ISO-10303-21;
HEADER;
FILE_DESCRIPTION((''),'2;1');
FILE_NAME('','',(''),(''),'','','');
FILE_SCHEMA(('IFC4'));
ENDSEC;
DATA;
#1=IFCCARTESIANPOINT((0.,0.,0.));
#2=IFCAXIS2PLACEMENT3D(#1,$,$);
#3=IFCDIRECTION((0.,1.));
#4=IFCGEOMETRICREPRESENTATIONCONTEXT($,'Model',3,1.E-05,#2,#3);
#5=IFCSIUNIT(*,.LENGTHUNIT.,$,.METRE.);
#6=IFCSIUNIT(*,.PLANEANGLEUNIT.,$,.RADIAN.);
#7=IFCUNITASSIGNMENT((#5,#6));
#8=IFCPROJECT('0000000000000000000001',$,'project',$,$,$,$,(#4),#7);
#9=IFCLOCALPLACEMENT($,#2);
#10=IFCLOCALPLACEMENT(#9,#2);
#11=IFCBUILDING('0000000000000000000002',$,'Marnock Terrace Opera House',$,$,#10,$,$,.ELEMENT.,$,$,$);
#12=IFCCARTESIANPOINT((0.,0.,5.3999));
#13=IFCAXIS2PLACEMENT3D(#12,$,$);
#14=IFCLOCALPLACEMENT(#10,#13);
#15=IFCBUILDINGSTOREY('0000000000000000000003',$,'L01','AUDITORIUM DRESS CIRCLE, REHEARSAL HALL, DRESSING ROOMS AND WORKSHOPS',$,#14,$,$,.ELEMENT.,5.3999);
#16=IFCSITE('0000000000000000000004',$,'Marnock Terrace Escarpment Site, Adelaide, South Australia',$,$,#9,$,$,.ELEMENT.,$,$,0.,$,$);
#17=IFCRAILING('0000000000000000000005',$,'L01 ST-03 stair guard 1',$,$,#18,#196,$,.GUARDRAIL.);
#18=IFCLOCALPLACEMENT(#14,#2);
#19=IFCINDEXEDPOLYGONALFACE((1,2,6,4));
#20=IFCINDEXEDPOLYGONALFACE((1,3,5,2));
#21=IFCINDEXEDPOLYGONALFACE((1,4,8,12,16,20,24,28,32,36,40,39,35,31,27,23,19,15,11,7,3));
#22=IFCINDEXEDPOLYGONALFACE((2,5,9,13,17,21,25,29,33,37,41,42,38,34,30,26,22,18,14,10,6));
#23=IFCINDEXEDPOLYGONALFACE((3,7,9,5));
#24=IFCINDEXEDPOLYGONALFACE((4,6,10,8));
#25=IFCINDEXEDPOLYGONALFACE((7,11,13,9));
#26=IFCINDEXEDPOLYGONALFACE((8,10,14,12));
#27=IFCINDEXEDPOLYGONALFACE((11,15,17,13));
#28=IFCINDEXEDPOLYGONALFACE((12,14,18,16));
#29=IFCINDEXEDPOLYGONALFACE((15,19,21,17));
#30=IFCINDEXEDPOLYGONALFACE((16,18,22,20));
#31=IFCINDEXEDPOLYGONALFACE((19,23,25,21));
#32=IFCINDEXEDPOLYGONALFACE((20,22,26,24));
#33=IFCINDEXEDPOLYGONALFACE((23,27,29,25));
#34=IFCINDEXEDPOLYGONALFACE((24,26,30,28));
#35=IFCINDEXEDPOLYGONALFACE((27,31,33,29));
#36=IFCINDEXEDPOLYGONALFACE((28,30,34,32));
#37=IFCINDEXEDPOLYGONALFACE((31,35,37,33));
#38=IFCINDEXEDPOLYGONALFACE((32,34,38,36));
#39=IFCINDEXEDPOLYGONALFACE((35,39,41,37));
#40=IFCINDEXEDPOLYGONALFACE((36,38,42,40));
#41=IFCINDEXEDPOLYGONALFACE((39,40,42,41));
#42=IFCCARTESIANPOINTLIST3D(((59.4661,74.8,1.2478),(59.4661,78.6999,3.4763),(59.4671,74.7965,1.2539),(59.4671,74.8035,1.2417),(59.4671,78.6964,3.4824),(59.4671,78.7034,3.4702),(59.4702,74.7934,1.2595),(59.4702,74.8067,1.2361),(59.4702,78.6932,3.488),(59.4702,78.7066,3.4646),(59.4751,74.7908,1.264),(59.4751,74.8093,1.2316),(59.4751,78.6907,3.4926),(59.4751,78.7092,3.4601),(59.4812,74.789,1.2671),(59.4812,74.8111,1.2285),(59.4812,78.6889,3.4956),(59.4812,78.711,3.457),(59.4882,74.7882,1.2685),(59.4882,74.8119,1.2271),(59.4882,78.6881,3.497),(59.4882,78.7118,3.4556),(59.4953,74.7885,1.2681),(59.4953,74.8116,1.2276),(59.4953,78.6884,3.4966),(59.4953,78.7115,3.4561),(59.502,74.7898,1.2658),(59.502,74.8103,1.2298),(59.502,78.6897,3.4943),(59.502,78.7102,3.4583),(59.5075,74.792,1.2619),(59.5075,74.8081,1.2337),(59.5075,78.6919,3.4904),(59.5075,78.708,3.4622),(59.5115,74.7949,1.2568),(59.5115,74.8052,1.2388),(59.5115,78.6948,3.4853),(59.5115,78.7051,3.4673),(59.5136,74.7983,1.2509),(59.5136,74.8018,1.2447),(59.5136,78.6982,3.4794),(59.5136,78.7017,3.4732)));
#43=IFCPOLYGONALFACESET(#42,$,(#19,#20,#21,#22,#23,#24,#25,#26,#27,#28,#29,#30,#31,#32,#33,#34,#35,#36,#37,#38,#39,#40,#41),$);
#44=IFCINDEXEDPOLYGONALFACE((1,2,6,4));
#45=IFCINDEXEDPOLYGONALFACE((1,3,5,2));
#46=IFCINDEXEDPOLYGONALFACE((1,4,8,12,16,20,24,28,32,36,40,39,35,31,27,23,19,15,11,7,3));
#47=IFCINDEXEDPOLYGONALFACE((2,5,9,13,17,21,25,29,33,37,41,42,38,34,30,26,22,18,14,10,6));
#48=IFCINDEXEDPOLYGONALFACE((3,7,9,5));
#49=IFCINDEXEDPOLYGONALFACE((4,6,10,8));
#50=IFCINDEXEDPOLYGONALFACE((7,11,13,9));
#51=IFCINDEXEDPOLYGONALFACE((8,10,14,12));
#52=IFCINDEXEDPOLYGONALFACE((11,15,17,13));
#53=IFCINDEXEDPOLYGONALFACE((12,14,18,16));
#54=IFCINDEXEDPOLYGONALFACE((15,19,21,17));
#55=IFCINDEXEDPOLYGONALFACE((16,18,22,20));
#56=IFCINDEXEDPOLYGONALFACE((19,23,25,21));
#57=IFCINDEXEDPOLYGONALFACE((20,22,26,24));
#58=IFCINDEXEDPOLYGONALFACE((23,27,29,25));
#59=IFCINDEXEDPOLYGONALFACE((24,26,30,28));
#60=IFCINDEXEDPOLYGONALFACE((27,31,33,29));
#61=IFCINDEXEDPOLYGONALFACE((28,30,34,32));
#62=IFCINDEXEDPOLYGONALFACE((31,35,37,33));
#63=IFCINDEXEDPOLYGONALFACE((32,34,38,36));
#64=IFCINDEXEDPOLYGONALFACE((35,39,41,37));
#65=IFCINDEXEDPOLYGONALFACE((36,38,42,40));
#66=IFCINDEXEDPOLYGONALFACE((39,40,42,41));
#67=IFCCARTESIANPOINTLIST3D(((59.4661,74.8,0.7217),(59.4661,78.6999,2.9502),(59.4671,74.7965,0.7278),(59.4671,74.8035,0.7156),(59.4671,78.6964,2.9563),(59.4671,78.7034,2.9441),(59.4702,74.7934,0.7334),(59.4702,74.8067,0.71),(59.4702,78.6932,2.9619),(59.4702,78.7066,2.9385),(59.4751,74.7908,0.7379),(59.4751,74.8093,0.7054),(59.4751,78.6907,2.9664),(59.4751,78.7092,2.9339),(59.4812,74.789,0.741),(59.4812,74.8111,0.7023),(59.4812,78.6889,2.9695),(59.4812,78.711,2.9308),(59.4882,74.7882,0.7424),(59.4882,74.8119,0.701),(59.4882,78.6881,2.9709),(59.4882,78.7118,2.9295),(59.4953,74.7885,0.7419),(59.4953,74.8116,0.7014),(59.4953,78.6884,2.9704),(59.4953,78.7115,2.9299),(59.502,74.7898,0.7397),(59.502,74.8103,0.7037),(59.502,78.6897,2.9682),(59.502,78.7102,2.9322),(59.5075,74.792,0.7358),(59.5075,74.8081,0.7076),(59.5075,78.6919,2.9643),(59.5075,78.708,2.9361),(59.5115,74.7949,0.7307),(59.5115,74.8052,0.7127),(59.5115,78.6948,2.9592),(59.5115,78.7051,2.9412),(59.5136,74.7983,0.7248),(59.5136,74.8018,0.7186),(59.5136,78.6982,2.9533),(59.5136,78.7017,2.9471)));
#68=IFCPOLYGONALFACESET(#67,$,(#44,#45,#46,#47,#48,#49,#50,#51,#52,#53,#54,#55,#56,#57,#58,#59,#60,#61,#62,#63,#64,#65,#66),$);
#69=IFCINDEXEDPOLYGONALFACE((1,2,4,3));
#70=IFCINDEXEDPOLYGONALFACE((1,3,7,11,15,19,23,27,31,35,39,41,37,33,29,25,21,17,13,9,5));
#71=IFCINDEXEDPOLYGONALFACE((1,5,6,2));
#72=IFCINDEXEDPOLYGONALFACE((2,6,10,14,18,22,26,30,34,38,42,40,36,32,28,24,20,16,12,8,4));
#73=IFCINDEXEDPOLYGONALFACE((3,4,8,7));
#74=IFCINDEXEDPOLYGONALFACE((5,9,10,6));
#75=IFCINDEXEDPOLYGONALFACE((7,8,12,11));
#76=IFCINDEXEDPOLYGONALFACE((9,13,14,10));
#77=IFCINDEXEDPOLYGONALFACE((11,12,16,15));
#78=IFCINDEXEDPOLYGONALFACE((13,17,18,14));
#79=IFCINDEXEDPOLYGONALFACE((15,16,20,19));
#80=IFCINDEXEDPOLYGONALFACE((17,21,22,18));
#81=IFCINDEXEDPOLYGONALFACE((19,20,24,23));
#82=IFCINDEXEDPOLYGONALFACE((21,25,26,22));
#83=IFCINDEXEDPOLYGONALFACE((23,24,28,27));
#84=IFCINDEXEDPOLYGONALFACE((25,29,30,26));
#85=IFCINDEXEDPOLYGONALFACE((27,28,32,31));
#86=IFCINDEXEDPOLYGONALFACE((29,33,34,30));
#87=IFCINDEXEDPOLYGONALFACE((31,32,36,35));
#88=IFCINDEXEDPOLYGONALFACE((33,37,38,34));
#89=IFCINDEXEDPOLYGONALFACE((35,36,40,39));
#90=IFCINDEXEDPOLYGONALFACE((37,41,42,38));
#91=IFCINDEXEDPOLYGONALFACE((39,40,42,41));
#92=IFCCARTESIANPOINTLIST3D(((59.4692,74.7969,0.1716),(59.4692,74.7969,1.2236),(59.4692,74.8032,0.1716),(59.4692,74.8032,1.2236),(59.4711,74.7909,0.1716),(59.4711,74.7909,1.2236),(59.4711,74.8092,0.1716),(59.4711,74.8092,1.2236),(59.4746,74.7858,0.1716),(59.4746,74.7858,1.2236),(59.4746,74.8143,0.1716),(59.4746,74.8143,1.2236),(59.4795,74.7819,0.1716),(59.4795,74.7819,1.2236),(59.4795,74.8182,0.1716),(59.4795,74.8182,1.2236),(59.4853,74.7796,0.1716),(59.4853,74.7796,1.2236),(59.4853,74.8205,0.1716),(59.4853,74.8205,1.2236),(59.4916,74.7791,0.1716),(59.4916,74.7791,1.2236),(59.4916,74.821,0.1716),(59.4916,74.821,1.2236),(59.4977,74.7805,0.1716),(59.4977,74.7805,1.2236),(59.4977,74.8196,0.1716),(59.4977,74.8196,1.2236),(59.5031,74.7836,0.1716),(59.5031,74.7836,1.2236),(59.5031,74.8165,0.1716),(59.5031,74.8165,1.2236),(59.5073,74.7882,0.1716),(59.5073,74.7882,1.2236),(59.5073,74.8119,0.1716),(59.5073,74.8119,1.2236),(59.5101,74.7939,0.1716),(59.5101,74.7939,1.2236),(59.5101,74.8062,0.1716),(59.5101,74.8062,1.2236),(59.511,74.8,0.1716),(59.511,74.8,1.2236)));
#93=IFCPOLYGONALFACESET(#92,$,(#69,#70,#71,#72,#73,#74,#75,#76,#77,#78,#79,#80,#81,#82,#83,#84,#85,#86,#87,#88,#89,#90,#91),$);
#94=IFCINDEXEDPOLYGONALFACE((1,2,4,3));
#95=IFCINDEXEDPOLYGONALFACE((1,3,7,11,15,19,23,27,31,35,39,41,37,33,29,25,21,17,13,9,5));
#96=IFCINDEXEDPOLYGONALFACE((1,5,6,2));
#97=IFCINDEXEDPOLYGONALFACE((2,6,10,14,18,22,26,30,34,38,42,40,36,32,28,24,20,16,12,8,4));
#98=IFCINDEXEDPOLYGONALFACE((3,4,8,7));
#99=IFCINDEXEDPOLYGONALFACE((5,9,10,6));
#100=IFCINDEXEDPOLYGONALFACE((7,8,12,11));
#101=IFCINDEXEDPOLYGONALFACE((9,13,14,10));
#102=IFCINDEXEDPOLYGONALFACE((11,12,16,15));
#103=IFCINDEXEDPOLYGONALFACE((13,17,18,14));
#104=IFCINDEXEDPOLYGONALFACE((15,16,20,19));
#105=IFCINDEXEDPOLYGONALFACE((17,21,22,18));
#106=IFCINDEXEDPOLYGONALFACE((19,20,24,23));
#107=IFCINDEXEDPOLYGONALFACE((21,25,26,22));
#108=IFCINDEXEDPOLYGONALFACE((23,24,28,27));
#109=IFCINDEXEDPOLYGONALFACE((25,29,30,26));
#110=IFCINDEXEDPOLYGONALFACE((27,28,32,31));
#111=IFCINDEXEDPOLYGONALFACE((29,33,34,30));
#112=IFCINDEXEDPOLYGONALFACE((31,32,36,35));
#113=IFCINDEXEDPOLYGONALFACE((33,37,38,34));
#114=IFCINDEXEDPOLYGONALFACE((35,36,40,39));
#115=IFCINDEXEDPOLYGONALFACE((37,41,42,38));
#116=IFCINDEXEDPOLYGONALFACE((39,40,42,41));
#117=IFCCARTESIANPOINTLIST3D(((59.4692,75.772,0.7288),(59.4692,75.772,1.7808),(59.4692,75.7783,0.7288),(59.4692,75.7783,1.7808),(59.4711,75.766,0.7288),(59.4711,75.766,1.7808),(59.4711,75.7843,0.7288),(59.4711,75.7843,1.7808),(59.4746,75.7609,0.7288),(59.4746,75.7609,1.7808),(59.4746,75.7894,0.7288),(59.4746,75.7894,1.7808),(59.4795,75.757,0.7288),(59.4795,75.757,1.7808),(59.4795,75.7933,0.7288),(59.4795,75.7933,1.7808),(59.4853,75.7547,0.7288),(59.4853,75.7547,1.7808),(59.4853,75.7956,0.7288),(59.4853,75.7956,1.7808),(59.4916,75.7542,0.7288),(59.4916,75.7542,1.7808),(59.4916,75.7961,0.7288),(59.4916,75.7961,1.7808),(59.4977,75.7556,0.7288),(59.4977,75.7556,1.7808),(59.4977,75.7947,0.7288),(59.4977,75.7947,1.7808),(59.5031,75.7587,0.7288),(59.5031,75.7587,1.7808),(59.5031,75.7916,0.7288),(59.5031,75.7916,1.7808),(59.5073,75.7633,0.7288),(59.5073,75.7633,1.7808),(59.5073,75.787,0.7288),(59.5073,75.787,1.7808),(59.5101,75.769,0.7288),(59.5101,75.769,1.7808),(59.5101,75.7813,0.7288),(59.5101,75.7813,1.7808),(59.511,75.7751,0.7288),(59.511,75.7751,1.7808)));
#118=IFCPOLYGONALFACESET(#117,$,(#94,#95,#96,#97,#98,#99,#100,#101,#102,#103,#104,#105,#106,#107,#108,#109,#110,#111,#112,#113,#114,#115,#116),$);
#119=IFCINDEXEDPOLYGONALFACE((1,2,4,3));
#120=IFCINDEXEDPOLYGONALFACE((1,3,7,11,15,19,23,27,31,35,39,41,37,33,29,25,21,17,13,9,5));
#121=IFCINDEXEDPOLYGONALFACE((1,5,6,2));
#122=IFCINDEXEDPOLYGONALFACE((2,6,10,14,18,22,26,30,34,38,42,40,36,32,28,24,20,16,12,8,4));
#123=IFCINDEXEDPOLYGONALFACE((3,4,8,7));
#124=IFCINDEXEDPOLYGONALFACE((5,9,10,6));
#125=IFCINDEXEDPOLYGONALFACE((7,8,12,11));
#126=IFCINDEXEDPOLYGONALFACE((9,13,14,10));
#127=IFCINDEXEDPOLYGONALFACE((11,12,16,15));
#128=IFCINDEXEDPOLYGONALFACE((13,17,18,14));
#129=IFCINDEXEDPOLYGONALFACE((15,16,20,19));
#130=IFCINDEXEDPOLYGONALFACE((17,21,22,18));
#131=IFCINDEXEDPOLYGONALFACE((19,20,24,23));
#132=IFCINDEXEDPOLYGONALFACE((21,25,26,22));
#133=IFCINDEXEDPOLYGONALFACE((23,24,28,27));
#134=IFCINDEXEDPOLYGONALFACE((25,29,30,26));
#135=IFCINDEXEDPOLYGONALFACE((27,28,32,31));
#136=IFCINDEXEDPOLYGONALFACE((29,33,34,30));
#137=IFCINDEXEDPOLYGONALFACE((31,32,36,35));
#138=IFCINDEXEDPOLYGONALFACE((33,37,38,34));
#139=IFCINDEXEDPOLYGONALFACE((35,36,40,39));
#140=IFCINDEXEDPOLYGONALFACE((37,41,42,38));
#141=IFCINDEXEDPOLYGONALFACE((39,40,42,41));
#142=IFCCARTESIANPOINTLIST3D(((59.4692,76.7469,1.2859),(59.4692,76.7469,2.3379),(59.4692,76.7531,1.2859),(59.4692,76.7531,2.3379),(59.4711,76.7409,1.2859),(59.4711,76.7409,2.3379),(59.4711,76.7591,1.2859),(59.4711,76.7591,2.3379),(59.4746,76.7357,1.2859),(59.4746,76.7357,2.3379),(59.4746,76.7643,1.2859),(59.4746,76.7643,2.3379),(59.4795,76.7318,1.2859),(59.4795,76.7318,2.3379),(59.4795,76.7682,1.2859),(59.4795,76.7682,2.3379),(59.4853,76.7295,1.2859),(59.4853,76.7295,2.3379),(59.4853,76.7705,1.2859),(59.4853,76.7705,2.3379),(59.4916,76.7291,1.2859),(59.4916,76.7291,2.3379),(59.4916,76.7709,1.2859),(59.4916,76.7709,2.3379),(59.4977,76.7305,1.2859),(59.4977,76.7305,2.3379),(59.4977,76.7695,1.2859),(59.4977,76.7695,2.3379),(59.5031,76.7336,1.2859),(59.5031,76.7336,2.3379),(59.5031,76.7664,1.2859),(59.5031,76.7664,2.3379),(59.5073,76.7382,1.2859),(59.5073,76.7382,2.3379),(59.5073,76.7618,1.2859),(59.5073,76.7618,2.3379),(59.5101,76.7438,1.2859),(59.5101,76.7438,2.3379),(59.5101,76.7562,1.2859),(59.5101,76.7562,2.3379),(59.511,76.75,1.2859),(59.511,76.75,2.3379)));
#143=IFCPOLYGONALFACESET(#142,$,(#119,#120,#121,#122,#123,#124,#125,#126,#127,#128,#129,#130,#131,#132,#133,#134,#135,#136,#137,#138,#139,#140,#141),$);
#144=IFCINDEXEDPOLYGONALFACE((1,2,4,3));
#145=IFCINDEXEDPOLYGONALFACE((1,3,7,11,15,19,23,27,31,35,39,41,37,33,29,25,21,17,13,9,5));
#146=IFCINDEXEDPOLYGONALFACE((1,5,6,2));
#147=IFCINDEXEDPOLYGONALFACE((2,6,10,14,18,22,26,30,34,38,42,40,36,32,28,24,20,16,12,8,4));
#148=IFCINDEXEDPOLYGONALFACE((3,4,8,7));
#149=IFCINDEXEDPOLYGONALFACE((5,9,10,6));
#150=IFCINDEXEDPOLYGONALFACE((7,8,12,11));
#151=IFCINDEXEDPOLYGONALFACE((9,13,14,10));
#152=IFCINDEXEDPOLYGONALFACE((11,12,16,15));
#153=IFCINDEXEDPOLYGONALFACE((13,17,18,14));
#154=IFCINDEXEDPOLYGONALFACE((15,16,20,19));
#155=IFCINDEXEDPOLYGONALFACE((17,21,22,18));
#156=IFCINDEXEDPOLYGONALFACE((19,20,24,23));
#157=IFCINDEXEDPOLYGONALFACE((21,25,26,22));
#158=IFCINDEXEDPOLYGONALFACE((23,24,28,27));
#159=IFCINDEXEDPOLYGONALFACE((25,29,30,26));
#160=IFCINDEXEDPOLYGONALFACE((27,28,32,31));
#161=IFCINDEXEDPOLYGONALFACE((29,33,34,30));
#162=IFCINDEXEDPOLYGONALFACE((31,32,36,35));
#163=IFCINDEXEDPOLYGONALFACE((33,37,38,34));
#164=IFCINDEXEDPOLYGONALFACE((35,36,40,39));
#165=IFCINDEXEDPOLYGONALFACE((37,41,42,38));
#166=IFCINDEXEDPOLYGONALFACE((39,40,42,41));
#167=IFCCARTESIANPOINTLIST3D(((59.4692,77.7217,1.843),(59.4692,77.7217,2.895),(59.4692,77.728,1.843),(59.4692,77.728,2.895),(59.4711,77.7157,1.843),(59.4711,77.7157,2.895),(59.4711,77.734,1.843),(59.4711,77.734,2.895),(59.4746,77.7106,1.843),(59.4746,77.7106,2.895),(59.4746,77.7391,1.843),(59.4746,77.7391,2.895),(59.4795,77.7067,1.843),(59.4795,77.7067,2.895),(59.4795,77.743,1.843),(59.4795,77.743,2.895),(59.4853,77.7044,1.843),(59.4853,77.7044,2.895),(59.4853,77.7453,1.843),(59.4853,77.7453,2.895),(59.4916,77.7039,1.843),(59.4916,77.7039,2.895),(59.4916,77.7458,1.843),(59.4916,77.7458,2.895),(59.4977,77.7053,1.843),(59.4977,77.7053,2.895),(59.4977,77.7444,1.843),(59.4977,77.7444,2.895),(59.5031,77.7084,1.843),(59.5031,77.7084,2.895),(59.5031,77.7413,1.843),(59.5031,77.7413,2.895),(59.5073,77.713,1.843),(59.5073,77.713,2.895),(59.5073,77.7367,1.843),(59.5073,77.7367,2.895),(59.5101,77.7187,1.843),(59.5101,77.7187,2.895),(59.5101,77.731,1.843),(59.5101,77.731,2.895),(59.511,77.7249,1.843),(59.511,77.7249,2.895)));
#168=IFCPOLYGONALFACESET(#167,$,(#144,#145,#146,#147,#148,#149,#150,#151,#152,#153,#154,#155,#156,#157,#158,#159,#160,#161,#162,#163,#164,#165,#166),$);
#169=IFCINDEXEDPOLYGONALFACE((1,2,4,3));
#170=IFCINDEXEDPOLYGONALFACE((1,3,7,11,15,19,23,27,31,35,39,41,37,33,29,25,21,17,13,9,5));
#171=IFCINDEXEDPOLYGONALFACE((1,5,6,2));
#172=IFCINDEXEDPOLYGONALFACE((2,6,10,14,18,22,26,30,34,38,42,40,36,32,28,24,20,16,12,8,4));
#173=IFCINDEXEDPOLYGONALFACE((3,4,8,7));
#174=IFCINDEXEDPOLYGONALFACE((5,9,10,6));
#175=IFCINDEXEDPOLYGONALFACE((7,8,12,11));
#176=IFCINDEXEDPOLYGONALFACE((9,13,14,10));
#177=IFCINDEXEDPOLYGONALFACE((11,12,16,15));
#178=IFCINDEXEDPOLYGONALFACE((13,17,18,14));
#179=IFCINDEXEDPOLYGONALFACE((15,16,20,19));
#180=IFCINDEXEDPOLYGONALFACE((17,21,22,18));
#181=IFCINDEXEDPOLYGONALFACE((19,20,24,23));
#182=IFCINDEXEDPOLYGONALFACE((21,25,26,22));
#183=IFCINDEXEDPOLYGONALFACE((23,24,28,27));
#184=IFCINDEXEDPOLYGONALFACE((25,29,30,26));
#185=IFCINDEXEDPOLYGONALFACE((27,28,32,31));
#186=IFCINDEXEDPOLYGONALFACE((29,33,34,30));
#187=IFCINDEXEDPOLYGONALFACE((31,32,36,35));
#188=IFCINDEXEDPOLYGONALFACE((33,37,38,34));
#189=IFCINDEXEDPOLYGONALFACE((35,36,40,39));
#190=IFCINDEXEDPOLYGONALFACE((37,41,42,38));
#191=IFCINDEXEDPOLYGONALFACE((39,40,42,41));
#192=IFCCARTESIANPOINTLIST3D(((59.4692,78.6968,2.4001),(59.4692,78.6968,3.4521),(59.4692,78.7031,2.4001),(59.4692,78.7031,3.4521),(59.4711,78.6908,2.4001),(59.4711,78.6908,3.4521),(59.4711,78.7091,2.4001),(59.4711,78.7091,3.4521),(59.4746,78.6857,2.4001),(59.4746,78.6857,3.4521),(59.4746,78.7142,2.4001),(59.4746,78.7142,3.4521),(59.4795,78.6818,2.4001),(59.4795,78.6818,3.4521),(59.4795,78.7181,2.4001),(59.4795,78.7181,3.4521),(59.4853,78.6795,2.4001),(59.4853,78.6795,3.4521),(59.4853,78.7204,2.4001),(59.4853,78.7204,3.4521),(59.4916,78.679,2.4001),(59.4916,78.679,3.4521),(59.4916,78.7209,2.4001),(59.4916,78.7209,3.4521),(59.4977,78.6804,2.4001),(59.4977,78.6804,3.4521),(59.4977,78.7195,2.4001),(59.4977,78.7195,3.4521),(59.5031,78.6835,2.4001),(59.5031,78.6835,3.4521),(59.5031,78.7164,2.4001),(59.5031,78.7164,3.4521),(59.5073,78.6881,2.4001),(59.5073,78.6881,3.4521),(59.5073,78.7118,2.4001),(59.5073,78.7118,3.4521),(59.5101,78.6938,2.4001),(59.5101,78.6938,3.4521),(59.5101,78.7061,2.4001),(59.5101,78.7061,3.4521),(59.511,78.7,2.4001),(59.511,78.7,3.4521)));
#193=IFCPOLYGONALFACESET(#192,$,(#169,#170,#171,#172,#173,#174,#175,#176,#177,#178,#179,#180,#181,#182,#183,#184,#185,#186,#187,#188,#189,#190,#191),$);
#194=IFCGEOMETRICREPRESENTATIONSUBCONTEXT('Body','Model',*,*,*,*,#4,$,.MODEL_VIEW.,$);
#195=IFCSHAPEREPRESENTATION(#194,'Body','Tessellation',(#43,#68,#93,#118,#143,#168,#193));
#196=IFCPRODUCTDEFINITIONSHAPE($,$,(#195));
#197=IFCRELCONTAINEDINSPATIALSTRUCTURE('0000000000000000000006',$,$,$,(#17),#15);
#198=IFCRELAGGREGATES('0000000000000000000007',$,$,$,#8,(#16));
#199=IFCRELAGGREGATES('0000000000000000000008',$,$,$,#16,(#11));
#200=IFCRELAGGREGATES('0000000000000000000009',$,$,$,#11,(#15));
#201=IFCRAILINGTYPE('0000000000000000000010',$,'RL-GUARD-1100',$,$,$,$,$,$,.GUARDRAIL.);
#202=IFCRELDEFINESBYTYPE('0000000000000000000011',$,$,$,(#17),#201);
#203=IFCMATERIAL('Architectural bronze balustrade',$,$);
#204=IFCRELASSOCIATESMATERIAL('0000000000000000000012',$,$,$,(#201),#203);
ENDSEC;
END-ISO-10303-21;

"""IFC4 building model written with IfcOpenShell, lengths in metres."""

from ifc_helpers import new_model, si_unit, direction, frame, origin, origin_2d, place, context, subcontext, project, spatial, circle, extrude, material, type_object, element, save


model = new_model("IFC4")

# Units and contexts
model_context = context("Model", 3, precision=1e-05, world=origin(), true_north=direction((0.0, 1.0)))
body_context = subcontext(model_context, "Body", "Model", "MODEL_VIEW")
ifc_project = project(units=[si_unit("LENGTHUNIT", "METRE"), si_unit("PLANEANGLEUNIT", "RADIAN")], contexts=[model_context])

# Site, building, storey
site_placement = place(None, origin())
site = spatial("IfcSite", under=ifc_project, at=site_placement, Name="Marnock Terrace Escarpment Site, Adelaide, South Australia", CompositionType="ELEMENT", RefElevation=0.0)
building_placement = place(site_placement, origin())
building = spatial("IfcBuilding", under=site, at=building_placement, Name="Marnock Terrace Opera House", CompositionType="ELEMENT")
storey_placement = place(building_placement, frame((0.0, 0.0, 5.3999)))
storey = spatial("IfcBuildingStorey", under=building, at=storey_placement, Name="L01", Description="AUDITORIUM DRESS CIRCLE, REHEARSAL HALL, DRESSING ROOMS AND WORKSHOPS", CompositionType="ELEMENT", Elevation=5.3999)

# Railing
ifc_material_1 = material(Name="Architectural bronze balustrade")
railing_type_1 = type_object("IfcRailingType", Name="RL-GUARD-1100", PredefinedType="GUARDRAIL", material=ifc_material_1)
railing_1_placement = place(storey_placement, frame((59.49, 74.8, 0.1716)))
element("IfcRailing", 1, at=railing_1_placement, inside=storey, type_object=railing_type_1, Name="L01 ST-03 stair guard 1", PredefinedType="GUARDRAIL", context=body_context, shape_type="SweptSolid", body=[
    extrude(circle(Radius=0.0239, at=origin_2d()), frame((0.0, 0.0, 1.0762), z_axis=(0.0, 0.868243, 0.496139), x_axis=(-1.0, 0.0, 0.0)), (0.0, 0.0, 1.0), 4.4917),
    extrude(circle(Radius=0.0239, at=origin_2d()), frame((0.0, 0.0, 0.55), z_axis=(0.0, 0.868243, 0.496139), x_axis=(-1.0, 0.0, 0.0)), (0.0, 0.0, 1.0), 4.4917),
    extrude(circle(Radius=0.021, at=origin_2d()), origin(), (0.0, 0.0, 1.0), 1.052),
    extrude(circle(Radius=0.021, at=origin_2d()), frame((0.0, 0.9751, 0.5571)), (0.0, 0.0, 1.0), 1.052),
    extrude(circle(Radius=0.021, at=origin_2d()), frame((0.0, 1.95, 1.1143)), (0.0, 0.0, 1.0), 1.052),
    extrude(circle(Radius=0.021, at=origin_2d()), frame((0.0, 2.9248, 1.6714)), (0.0, 0.0, 1.0), 1.052),
    extrude(circle(Radius=0.021, at=origin_2d()), frame((0.0, 3.8999, 2.2285)), (0.0, 0.0, 1.0), 1.052),
])

save(model, "model.ifc")
